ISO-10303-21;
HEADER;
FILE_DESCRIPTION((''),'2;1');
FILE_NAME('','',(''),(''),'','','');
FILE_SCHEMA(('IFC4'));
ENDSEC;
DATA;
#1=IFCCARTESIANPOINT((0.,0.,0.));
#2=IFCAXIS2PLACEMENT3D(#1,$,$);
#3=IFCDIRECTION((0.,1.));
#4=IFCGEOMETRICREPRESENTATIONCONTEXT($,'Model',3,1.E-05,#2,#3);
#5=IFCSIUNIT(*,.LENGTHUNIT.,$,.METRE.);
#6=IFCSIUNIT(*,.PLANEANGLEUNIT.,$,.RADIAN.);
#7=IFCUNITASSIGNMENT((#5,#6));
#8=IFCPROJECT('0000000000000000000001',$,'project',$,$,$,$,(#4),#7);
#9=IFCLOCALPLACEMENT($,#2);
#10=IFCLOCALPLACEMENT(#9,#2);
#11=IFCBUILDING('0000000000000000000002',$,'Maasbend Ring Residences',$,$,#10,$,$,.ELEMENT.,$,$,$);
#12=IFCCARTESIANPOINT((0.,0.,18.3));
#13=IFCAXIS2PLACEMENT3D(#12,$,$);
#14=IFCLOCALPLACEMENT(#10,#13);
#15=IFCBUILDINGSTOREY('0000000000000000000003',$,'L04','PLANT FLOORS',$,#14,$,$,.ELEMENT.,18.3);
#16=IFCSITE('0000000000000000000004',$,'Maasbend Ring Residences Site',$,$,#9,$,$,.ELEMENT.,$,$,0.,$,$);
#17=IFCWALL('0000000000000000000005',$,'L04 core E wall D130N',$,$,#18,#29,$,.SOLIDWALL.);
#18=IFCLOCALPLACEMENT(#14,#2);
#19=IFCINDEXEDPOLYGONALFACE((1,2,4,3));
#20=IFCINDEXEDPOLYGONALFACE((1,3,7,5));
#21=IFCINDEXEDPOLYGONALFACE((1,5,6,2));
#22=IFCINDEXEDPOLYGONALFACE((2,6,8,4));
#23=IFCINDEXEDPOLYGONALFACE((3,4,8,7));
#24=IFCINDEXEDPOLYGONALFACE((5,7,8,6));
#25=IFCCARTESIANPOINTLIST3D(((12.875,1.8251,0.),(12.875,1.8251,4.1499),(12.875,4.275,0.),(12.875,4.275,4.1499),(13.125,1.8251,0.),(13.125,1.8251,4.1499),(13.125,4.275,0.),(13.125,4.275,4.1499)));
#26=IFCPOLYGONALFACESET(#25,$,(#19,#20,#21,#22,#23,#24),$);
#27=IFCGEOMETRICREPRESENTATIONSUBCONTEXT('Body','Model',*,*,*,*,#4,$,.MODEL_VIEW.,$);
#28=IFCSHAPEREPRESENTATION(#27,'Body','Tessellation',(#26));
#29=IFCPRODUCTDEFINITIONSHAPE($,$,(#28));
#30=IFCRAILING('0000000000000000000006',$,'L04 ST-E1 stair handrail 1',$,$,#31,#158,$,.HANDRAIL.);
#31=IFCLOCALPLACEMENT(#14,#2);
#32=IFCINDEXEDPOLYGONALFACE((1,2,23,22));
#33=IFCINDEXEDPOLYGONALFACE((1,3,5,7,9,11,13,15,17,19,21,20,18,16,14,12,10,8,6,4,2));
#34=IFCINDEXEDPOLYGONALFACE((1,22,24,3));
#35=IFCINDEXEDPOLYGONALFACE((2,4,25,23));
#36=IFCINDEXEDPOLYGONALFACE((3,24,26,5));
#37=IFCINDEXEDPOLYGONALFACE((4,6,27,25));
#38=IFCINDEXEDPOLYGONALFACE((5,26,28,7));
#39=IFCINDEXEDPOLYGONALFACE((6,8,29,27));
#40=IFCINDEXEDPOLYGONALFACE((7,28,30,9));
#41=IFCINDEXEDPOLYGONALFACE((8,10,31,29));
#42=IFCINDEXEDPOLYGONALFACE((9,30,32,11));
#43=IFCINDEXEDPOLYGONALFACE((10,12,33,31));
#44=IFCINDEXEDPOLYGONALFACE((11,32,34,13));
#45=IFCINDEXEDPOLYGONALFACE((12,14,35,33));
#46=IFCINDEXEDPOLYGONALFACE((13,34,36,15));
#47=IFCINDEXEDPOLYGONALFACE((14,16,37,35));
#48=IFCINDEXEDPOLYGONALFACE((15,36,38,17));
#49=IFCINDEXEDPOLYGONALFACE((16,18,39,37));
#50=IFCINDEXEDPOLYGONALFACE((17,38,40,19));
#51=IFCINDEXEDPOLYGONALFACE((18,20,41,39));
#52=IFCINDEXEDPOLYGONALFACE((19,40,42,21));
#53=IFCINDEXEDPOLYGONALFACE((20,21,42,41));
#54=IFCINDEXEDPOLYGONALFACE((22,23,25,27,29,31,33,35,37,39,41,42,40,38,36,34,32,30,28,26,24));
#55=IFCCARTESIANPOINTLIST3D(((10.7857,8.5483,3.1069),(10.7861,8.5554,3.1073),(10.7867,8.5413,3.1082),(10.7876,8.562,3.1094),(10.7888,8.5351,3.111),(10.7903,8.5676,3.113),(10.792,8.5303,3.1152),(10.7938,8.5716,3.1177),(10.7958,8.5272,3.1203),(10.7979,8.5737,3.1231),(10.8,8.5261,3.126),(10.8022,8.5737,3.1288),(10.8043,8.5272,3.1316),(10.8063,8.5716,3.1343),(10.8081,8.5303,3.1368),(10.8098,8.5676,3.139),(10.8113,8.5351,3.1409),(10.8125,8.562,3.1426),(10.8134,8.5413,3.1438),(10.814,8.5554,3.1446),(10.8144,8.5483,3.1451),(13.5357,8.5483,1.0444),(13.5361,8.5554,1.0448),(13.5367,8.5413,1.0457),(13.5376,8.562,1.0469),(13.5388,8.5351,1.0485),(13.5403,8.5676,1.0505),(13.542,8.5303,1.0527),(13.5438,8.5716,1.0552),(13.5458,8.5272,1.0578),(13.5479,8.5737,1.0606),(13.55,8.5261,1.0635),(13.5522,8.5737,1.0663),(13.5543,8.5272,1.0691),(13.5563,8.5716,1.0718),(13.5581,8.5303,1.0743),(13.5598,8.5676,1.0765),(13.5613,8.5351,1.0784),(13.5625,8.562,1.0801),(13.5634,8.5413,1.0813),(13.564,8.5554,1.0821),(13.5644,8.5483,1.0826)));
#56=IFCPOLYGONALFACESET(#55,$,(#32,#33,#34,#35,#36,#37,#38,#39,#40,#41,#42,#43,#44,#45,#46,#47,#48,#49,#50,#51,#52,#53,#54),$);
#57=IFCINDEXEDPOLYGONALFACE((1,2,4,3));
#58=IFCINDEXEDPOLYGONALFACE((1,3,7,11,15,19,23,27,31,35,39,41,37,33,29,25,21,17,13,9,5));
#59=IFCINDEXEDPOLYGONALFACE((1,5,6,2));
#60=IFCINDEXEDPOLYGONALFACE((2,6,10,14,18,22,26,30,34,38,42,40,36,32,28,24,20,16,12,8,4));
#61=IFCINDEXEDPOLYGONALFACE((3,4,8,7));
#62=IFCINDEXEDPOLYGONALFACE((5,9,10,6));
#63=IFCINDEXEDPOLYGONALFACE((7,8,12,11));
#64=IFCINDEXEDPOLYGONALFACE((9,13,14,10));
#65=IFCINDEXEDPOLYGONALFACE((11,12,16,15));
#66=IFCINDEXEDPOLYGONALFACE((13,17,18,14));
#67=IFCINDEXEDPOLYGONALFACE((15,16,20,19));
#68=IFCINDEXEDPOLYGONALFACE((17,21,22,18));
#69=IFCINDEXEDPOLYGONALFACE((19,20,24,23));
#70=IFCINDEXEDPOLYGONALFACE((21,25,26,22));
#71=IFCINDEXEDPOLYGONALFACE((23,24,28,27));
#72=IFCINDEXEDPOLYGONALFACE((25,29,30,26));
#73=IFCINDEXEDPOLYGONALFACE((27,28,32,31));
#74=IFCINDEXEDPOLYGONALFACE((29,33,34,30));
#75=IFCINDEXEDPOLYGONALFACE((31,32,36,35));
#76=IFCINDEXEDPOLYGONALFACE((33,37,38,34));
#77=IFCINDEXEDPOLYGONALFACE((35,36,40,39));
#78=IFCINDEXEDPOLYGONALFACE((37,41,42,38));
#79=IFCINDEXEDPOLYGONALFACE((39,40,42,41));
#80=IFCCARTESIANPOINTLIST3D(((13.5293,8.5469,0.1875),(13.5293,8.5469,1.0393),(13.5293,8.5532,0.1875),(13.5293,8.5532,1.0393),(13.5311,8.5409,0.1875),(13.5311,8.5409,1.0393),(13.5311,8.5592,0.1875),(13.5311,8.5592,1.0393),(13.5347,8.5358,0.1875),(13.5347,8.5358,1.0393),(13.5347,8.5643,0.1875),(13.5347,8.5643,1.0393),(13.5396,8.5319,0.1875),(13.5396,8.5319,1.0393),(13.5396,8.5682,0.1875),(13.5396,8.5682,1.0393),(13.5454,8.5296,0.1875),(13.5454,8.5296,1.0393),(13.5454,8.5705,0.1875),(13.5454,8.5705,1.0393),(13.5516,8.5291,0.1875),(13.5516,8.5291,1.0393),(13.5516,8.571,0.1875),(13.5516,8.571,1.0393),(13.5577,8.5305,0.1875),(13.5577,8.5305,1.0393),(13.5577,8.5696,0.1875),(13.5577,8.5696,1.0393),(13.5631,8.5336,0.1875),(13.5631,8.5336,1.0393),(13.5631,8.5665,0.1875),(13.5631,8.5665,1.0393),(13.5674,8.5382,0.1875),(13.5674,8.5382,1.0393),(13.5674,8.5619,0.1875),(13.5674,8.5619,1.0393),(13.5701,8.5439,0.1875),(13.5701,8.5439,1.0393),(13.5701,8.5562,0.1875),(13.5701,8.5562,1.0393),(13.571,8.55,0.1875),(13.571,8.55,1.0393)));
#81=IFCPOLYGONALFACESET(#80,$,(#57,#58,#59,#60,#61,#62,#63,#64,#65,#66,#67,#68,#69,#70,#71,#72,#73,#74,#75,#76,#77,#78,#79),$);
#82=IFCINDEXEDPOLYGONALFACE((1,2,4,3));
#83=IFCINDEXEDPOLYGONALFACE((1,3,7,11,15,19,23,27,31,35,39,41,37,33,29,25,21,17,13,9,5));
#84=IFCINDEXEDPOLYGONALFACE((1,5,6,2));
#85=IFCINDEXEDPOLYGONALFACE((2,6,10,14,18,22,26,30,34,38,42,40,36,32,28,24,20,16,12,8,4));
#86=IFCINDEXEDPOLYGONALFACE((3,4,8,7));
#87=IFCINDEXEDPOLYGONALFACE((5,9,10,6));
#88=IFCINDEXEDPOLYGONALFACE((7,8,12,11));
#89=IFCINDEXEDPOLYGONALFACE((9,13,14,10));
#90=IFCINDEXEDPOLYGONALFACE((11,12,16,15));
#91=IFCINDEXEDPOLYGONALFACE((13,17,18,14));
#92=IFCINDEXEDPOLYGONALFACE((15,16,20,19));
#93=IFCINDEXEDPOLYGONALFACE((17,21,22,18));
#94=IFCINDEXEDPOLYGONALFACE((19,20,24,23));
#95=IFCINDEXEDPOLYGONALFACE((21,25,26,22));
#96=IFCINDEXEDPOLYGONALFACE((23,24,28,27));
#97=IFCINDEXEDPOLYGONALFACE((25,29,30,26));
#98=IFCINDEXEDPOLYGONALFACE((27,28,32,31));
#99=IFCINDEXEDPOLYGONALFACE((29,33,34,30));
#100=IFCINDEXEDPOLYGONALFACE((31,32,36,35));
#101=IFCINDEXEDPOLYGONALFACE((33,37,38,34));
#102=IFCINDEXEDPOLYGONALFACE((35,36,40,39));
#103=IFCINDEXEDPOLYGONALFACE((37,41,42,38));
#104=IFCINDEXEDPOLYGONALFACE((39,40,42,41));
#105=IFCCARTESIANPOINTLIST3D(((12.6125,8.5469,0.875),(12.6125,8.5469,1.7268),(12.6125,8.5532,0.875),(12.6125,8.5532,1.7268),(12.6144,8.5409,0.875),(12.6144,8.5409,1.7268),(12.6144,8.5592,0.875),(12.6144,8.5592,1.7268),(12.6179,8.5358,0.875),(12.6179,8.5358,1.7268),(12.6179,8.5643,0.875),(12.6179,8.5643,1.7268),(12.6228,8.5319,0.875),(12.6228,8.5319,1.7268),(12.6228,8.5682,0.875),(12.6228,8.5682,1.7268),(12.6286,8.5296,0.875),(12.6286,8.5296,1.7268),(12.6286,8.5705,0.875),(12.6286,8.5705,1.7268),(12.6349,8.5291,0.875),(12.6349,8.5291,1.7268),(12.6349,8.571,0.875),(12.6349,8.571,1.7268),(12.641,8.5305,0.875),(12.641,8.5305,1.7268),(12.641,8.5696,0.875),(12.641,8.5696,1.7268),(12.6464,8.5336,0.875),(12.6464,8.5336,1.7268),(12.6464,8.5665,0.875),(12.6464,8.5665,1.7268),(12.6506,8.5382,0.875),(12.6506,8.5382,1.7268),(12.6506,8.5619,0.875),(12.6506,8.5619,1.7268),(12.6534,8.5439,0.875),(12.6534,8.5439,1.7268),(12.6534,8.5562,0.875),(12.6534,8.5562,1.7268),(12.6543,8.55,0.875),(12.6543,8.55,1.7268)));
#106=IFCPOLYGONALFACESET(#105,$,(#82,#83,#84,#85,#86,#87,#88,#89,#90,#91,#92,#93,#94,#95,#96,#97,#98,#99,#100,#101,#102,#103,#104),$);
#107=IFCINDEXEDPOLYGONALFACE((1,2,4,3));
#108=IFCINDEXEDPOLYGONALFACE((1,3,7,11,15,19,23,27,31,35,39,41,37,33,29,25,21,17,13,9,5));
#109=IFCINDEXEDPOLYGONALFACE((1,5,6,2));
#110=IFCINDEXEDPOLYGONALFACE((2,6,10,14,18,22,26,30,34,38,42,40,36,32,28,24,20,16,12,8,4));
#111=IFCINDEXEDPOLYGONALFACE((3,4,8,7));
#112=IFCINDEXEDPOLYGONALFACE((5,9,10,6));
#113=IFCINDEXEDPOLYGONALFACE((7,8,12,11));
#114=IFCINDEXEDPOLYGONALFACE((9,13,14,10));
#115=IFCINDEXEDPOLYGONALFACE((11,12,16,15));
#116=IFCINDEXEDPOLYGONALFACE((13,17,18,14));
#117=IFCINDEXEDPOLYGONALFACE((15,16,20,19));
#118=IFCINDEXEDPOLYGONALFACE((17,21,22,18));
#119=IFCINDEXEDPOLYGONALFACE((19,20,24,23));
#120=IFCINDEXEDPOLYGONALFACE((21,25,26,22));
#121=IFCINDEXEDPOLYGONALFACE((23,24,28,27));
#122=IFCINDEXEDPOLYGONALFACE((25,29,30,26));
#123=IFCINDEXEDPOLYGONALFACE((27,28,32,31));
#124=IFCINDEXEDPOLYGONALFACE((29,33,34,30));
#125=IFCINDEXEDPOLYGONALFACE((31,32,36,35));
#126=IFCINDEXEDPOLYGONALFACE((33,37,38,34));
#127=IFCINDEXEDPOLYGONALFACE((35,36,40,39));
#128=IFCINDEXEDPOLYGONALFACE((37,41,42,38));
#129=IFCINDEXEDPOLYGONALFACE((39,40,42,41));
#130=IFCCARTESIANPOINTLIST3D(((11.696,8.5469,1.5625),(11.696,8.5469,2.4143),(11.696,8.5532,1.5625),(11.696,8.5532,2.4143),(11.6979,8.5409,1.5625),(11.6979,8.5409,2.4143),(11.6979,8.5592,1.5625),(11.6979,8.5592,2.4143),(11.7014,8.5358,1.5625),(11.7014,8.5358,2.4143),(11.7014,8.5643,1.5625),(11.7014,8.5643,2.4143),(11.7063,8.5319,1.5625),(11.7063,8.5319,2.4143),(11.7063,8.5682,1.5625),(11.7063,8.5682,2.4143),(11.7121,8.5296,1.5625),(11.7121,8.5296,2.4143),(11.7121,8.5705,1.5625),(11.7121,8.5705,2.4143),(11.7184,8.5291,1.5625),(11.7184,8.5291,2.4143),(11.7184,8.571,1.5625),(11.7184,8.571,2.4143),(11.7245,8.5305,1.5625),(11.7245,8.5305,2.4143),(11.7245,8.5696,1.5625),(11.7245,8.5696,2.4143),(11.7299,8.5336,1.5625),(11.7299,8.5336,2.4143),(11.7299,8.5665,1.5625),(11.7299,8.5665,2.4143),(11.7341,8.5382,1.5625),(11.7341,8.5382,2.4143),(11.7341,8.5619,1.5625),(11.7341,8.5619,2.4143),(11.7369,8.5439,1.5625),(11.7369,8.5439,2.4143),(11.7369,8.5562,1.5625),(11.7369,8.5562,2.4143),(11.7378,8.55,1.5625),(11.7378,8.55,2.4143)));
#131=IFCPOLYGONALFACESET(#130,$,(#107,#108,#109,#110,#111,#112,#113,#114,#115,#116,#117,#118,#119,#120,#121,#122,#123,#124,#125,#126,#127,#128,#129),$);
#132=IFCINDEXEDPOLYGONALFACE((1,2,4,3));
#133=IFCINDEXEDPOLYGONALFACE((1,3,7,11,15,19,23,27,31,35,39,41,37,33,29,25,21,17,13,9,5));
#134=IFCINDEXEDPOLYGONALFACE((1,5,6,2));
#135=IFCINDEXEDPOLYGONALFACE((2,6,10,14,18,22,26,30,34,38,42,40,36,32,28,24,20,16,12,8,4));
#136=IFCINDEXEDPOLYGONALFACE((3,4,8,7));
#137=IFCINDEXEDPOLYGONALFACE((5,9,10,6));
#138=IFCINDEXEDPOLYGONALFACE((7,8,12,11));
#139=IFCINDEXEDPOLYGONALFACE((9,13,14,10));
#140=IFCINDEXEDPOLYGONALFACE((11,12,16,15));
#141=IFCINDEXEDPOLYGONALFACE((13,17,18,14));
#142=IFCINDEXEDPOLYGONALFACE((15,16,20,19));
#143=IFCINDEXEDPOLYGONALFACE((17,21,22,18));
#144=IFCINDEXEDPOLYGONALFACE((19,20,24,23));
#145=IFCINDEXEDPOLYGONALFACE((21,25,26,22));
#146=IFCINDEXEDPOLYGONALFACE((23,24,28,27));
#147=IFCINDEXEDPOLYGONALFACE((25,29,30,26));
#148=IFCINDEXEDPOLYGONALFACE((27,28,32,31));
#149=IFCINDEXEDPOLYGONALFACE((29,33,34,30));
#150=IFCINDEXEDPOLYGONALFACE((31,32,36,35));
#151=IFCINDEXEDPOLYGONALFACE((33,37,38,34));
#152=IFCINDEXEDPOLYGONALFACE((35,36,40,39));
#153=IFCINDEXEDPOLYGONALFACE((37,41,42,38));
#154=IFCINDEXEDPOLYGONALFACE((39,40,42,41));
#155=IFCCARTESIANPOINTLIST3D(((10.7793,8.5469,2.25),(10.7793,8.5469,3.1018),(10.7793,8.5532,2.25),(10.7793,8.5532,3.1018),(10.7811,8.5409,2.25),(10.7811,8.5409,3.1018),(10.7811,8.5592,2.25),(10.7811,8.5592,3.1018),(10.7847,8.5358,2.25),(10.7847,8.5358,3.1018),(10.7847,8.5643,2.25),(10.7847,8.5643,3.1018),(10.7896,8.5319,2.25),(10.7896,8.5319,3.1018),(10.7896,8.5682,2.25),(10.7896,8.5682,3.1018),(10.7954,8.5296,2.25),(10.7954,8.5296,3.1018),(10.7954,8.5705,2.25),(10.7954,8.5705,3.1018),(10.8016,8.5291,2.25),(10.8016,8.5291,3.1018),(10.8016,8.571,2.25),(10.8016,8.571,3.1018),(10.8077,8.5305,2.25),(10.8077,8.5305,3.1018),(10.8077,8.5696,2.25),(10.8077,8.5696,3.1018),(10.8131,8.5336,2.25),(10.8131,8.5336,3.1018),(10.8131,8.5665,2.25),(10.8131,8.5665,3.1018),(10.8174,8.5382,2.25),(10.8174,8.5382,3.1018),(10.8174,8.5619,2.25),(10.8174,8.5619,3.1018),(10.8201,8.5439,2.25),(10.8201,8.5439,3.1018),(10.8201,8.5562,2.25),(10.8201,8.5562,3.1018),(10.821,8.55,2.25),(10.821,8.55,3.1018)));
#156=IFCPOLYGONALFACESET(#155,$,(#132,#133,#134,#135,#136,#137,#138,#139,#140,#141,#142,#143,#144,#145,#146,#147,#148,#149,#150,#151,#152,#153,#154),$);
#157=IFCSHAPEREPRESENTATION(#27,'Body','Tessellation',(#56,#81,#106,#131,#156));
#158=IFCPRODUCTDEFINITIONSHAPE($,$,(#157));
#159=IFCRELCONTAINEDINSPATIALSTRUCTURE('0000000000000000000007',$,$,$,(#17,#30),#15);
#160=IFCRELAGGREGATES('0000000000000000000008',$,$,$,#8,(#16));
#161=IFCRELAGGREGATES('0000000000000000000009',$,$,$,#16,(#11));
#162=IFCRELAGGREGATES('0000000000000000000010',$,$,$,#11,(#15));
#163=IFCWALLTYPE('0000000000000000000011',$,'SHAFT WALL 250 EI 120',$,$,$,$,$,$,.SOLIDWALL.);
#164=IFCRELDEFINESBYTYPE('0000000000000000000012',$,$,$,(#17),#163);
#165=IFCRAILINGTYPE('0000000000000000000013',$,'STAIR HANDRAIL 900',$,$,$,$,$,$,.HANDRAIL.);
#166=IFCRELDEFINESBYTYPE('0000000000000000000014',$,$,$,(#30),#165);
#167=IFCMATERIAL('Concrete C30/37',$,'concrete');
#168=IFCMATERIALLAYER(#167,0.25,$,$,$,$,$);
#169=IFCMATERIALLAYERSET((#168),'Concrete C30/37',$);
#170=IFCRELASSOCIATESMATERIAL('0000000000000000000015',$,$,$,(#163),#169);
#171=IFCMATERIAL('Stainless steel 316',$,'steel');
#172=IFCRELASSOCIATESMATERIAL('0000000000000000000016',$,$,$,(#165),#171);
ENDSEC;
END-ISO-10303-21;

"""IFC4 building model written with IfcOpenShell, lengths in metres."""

from ifc_helpers import new_model, si_unit, direction, frame, frame_2d, origin, origin_2d, place, context, subcontext, project, spatial, rectangle, circle, extrude, material, layer, layer_set, type_object, element, save


model = new_model("IFC4")

# Units and contexts
model_context = context("Model", 3, precision=1e-05, world=origin(), true_north=direction((0.0, 1.0)))
body_context = subcontext(model_context, "Body", "Model", "MODEL_VIEW")
ifc_project = project(units=[si_unit("LENGTHUNIT", "METRE"), si_unit("PLANEANGLEUNIT", "RADIAN")], contexts=[model_context])

# Site, building, storey
site_placement = place(None, origin())
site = spatial("IfcSite", under=ifc_project, at=site_placement, Name="Maasbend Ring Residences Site", CompositionType="ELEMENT", RefElevation=0.0)
building_placement = place(site_placement, origin())
building = spatial("IfcBuilding", under=site, at=building_placement, Name="Maasbend Ring Residences", CompositionType="ELEMENT")
storey_placement = place(building_placement, frame((0.0, 0.0, 18.3)))
storey = spatial("IfcBuildingStorey", under=building, at=storey_placement, Name="L04", Description="PLANT FLOORS", CompositionType="ELEMENT", Elevation=18.3)

# Wall
ifc_material_1 = material(Name="Concrete C30/37", Category="concrete")
ifc_layer_1 = layer(ifc_material_1, 0.25)
ifc_layer_set_1 = layer_set([ifc_layer_1], Name="Concrete C30/37")
wall_type_1 = type_object("IfcWallType", Name="SHAFT WALL 250 EI 120", PredefinedType="SOLIDWALL", material=ifc_layer_set_1)
for number, where, z_axis, x_axis, name in (
    (1, (13.0, 1.825, 0.0), (0.0, 0.0, 1.0), (0.0, 1.0, 0.0), "L04 core E wall D130N"),
):
    element("IfcWall", number, at=place(storey_placement, frame(where, z_axis=z_axis, x_axis=x_axis)), inside=storey, type_object=wall_type_1, Name=name, PredefinedType="SOLIDWALL", context=body_context, shape_type="SweptSolid", body=[
        extrude(rectangle(XDim=2.45, YDim=0.25, at=frame_2d((1.2251, 0.0))), origin(), (0.0, 0.0, 1.0), 4.1499),
    ])

# Railing
ifc_material_2 = material(Name="Stainless steel 316", Category="steel")
railing_type_1 = type_object("IfcRailingType", Name="STAIR HANDRAIL 900", PredefinedType="HANDRAIL", material=ifc_material_2)
railing_1_placement = place(storey_placement, frame((13.55, 8.55, 0.1875)))
element("IfcRailing", 2, at=railing_1_placement, inside=storey, type_object=railing_type_1, Name="L04 ST-E1 stair handrail 1", PredefinedType="HANDRAIL", context=body_context, shape_type="SweptSolid", body=[
    extrude(circle(Radius=0.0239, at=origin_2d()), frame((0.0, 0.0, 0.876), z_axis=(-0.8, 0.0, 0.6), x_axis=(0.0, -1.0, 0.0)), (0.0, 0.0, 1.0), 3.4375),
    extrude(circle(Radius=0.021, at=origin_2d()), origin(), (0.0, 0.0, 1.0), 0.8518),
    extrude(circle(Radius=0.021, at=origin_2d()), frame((-0.9167, 0.0, 0.6875)), (0.0, 0.0, 1.0), 0.8518),
    extrude(circle(Radius=0.021, at=origin_2d()), frame((-1.8333, 0.0, 1.375)), (0.0, 0.0, 1.0), 0.8518),
    extrude(circle(Radius=0.021, at=origin_2d()), frame((-2.75, 0.0, 2.0625)), (0.0, 0.0, 1.0), 0.8518),
])

save(model, "model.ifc")
